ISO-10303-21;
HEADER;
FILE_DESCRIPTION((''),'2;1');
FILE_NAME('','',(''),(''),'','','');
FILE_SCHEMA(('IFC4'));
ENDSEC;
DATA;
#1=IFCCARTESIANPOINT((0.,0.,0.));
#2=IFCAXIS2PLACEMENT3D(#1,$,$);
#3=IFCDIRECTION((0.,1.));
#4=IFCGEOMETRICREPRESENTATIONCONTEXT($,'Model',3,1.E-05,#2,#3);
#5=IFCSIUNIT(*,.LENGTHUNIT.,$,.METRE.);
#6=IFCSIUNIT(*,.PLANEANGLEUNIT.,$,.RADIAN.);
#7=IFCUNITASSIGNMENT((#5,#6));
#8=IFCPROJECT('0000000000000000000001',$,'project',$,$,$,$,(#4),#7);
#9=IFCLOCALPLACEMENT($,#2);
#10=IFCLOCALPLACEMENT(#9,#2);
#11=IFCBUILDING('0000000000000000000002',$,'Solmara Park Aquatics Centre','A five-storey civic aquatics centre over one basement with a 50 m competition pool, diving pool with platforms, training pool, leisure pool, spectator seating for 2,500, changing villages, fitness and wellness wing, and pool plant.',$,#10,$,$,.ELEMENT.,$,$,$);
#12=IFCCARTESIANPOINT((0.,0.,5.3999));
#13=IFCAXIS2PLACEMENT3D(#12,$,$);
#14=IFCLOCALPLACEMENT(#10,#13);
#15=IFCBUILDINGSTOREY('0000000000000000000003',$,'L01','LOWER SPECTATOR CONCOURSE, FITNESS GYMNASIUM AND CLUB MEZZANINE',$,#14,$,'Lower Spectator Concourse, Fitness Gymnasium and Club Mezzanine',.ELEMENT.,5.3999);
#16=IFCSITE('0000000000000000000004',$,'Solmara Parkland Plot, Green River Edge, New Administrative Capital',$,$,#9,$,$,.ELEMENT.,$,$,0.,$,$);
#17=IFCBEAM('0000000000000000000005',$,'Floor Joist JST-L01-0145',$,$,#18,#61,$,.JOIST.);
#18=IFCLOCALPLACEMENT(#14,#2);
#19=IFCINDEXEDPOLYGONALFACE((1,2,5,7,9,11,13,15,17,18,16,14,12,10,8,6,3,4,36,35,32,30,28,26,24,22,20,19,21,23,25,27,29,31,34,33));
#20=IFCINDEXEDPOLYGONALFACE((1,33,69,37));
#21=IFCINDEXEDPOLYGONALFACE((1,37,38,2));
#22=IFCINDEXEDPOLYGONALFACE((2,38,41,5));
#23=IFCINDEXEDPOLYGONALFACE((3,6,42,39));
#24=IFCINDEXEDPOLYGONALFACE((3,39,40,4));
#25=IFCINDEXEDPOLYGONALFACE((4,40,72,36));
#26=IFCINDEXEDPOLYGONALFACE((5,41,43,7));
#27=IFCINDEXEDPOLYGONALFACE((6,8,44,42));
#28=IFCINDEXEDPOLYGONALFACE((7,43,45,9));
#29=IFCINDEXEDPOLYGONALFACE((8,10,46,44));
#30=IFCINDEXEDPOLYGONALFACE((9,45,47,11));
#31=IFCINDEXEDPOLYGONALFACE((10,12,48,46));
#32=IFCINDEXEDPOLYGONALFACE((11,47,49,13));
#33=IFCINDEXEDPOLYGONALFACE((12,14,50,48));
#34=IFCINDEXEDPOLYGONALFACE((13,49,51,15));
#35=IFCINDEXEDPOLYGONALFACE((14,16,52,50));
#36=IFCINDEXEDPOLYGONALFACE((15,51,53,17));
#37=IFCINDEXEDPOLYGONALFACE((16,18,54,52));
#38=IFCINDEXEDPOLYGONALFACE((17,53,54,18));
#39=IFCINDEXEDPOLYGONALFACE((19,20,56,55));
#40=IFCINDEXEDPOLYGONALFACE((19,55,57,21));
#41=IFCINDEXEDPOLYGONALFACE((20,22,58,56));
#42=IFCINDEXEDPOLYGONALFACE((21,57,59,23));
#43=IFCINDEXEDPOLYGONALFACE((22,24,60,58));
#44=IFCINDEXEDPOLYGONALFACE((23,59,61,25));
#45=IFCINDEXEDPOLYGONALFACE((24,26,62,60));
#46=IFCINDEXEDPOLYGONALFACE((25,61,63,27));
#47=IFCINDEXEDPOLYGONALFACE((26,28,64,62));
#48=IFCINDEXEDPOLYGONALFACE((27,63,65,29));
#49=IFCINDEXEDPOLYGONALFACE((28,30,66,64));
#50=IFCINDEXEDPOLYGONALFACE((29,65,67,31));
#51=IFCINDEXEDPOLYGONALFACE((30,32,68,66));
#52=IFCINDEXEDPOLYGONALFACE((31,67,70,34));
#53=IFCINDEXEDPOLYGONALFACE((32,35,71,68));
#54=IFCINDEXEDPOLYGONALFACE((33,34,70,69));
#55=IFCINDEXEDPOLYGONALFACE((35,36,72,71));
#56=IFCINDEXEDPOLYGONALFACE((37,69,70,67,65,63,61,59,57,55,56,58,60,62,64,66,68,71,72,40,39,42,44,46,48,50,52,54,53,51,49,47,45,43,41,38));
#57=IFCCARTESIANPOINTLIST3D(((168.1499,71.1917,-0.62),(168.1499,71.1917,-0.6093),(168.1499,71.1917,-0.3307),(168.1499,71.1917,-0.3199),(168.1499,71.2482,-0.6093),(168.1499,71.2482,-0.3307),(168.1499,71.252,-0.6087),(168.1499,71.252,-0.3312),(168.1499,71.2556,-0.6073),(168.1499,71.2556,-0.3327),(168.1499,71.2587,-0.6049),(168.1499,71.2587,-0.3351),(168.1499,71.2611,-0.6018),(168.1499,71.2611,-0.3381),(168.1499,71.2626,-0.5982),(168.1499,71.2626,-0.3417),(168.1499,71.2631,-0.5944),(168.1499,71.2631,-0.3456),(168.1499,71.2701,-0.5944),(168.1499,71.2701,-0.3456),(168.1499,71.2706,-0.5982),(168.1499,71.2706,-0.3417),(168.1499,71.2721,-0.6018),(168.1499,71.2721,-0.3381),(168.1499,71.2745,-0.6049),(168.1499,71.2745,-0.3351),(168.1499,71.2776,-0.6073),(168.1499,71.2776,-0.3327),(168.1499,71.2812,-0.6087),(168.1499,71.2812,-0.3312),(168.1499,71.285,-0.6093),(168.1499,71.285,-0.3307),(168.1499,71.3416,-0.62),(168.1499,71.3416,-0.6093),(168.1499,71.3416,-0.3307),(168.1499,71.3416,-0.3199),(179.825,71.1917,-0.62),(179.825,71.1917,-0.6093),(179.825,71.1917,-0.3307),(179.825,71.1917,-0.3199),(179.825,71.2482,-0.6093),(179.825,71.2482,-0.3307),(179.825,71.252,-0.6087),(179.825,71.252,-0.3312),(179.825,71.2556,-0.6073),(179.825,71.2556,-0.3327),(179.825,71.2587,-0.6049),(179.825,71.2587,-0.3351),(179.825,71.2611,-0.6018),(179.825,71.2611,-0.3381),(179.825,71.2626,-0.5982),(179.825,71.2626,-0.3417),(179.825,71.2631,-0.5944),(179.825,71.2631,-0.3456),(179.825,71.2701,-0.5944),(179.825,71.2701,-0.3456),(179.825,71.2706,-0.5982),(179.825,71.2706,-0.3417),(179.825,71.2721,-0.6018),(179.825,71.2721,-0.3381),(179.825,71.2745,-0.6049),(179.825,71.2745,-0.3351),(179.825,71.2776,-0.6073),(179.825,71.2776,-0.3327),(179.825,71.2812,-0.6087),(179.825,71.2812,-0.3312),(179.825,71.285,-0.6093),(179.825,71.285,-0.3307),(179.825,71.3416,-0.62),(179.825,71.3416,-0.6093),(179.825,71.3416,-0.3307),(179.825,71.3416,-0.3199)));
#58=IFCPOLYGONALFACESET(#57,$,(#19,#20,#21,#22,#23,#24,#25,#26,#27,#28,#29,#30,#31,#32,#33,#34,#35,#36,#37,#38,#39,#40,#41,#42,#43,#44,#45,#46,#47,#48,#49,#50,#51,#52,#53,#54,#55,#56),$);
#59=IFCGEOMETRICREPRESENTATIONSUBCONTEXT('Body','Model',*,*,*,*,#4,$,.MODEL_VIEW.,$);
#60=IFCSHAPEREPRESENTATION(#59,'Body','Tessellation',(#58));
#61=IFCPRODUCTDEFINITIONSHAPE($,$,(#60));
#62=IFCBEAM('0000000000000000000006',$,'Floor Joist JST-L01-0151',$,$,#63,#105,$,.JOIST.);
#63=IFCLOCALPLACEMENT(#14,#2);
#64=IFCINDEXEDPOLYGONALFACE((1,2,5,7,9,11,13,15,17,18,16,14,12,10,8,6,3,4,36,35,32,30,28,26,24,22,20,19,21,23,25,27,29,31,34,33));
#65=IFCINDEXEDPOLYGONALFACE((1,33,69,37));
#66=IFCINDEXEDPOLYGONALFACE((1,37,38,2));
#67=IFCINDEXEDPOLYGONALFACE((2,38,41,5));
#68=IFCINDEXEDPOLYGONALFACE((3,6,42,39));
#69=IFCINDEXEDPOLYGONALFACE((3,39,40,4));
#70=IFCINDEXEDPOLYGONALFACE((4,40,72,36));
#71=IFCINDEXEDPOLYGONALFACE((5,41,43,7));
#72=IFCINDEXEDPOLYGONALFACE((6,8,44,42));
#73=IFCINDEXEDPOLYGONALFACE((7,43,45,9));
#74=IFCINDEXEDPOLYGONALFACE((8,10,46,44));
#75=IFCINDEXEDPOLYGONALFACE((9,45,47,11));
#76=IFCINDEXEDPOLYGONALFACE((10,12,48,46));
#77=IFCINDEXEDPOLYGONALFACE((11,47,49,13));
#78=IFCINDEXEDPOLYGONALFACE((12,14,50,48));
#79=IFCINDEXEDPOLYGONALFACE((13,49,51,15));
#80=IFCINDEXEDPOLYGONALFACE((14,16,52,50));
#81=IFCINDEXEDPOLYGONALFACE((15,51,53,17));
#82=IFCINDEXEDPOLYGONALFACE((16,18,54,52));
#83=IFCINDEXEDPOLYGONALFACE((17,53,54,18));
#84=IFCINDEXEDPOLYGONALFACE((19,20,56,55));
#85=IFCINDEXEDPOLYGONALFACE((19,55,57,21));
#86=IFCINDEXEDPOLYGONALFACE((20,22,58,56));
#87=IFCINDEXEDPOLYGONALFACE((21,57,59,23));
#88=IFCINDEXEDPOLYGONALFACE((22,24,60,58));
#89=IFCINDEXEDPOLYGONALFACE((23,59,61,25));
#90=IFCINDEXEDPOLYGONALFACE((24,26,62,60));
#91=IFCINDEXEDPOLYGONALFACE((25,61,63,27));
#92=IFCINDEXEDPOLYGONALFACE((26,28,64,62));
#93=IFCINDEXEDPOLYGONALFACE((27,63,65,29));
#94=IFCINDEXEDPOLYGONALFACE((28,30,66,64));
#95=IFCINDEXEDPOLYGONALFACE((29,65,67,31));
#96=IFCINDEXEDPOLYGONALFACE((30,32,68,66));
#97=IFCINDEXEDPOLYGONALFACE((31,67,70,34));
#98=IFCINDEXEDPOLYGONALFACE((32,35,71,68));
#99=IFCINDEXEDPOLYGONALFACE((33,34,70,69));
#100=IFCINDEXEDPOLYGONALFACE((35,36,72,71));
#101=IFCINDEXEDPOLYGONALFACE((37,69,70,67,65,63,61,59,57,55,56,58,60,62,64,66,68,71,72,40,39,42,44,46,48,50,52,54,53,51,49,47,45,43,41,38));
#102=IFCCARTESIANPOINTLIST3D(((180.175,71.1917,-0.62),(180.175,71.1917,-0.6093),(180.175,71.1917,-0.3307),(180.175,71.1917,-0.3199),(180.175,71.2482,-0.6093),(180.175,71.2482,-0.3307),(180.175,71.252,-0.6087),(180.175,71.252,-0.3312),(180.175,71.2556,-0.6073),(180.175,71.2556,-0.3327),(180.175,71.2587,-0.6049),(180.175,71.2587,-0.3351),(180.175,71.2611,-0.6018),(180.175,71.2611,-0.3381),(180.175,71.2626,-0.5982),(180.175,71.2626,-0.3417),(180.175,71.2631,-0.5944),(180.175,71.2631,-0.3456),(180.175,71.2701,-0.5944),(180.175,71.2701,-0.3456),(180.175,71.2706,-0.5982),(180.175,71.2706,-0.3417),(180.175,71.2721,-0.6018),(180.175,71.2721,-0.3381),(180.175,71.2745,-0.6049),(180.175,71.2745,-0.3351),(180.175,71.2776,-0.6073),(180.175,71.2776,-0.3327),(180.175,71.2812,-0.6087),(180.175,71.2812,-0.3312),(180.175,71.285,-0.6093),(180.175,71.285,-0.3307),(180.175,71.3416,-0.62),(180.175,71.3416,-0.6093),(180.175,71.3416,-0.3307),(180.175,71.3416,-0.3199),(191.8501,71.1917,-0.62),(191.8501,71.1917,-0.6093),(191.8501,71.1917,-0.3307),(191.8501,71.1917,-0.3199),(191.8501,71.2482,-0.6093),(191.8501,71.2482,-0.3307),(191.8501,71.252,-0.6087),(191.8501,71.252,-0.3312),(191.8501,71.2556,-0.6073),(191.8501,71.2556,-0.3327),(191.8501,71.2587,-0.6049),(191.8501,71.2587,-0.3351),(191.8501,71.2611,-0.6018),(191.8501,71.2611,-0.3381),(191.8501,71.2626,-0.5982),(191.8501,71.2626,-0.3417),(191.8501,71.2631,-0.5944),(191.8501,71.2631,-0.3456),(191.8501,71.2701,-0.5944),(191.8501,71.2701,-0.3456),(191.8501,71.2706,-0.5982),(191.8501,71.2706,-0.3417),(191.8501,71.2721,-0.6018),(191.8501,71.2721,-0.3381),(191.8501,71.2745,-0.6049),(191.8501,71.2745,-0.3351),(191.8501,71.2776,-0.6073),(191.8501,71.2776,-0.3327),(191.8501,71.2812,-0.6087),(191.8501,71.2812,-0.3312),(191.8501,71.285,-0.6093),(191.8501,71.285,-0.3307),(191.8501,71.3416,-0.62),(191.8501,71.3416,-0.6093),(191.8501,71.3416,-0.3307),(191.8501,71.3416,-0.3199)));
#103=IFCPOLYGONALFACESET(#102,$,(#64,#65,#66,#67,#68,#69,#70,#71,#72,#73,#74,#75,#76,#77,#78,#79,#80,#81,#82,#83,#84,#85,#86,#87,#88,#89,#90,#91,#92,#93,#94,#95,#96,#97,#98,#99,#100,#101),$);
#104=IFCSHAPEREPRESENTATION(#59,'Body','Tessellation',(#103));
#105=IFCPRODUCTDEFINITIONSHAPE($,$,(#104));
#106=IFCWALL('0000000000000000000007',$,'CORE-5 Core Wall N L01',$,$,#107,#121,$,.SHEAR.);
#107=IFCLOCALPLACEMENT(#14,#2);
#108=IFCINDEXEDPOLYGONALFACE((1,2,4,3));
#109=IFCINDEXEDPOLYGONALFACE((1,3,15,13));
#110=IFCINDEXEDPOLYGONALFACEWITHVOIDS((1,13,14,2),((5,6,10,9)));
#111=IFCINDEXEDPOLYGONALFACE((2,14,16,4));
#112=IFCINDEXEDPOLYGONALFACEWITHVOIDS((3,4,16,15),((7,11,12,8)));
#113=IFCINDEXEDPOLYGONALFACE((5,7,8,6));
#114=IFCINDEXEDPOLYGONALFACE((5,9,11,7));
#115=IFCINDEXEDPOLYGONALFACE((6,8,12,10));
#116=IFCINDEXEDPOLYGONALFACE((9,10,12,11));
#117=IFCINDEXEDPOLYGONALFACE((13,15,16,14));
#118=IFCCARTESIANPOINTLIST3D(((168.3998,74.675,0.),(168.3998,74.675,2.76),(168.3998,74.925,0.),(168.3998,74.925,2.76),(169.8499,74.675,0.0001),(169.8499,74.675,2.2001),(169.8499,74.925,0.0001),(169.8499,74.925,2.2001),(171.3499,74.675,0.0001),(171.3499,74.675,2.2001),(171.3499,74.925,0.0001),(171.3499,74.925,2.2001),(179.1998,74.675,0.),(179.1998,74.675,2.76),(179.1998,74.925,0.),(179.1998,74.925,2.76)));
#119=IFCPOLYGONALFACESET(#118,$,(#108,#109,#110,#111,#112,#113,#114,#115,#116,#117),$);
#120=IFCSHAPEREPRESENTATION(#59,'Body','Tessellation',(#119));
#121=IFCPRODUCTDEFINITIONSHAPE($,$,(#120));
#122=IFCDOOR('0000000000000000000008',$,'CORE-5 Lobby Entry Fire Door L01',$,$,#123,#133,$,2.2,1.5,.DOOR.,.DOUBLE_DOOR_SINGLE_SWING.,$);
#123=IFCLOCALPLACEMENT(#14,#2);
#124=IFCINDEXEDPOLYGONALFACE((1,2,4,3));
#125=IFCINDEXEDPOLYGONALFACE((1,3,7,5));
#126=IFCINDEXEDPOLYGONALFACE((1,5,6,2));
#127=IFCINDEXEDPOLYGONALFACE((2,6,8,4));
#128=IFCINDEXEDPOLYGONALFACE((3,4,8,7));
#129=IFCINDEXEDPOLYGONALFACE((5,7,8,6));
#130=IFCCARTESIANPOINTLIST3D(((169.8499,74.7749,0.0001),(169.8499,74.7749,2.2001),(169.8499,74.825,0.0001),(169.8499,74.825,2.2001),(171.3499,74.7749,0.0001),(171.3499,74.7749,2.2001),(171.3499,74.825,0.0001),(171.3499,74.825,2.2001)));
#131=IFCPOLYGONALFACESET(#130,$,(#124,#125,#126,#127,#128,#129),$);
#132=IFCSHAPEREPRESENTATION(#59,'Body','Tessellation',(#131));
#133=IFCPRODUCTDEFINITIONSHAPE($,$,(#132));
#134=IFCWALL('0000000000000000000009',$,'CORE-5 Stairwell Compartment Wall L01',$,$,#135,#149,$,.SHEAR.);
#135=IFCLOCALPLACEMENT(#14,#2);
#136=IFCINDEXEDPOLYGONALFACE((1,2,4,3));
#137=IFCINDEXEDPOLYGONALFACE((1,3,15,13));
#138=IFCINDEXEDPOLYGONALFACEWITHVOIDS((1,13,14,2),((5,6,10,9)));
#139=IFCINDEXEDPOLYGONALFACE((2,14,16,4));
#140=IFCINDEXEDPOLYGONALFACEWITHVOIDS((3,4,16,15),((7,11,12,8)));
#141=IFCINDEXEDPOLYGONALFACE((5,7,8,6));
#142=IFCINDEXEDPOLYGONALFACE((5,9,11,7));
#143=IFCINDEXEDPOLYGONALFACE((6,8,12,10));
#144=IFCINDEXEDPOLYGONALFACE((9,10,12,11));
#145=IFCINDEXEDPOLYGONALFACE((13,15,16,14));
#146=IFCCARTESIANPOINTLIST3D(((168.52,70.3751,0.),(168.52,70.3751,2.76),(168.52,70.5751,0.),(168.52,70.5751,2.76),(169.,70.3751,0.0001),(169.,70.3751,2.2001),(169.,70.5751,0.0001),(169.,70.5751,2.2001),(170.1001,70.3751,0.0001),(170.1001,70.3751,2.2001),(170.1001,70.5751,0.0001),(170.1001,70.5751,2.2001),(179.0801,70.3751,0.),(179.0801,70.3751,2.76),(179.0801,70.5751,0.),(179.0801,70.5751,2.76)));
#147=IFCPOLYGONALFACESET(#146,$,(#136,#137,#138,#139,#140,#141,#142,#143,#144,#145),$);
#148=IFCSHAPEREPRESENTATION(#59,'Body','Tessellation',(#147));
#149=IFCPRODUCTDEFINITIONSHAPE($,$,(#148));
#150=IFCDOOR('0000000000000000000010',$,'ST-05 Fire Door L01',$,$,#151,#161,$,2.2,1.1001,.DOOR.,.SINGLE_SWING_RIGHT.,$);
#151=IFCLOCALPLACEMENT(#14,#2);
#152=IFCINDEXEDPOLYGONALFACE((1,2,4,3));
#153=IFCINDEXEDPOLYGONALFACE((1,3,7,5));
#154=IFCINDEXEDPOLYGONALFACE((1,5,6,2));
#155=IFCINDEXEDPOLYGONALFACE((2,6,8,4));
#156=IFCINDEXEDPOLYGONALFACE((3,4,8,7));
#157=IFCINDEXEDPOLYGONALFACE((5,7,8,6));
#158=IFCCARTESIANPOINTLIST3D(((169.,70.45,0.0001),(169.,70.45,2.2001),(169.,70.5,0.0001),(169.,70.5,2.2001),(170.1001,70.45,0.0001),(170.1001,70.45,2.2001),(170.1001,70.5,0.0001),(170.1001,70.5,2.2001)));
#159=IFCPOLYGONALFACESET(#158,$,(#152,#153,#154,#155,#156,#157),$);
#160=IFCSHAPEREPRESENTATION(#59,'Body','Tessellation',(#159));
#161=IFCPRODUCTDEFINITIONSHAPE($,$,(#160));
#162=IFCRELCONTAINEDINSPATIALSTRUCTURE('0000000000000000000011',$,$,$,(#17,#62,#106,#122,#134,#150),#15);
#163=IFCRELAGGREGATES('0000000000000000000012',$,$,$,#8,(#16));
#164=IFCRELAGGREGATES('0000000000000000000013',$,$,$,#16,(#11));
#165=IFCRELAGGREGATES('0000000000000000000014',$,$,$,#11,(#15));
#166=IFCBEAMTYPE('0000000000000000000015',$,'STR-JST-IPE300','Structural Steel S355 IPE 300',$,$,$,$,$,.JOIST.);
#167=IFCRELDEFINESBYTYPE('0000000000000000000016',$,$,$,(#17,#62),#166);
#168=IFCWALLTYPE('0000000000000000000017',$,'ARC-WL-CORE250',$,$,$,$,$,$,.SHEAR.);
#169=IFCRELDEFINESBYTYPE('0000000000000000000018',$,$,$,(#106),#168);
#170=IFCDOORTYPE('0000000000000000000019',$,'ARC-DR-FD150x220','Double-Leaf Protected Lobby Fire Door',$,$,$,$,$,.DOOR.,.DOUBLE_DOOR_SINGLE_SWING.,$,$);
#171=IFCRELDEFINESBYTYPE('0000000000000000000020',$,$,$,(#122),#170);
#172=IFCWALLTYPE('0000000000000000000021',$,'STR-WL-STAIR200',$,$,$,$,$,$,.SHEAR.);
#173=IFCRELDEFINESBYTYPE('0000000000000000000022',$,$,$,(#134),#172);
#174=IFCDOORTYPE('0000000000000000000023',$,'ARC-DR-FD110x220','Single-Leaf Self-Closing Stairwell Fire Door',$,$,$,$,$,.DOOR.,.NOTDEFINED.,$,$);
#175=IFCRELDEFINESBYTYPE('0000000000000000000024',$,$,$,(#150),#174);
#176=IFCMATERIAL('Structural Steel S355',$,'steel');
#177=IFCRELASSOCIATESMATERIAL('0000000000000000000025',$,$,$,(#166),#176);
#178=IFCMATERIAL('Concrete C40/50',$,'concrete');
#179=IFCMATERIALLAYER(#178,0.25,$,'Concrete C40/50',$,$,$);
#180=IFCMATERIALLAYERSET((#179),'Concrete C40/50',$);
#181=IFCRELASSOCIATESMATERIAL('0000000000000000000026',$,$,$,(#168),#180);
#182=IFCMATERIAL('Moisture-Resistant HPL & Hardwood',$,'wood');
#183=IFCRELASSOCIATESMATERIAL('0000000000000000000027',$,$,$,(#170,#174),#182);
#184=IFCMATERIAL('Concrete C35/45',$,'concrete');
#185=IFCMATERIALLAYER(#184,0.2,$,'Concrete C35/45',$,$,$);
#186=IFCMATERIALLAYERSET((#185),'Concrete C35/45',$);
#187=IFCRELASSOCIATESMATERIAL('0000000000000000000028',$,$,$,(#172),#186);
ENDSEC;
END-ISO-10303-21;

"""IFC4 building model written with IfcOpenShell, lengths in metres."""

from ifc_helpers import new_model, si_unit, direction, frame, frame_2d, origin, origin_2d, place, context, subcontext, project, spatial, rectangle, i_section, extrude, material, layer, layer_set, material_profile, profile_set, type_object, element, fill, save


model = new_model("IFC4")

# Units and contexts
model_context = context("Model", 3, precision=1e-05, world=origin(), true_north=direction((0.0, 1.0)))
body_context = subcontext(model_context, "Body", "Model", "MODEL_VIEW")
ifc_project = project(units=[si_unit("LENGTHUNIT", "METRE"), si_unit("PLANEANGLEUNIT", "RADIAN")], contexts=[model_context])

# Site, building, storey
site_placement = place(None, origin())
site = spatial("IfcSite", under=ifc_project, at=site_placement, Name="Solmara Parkland Plot, Green River Edge, New Administrative Capital", CompositionType="ELEMENT", RefElevation=0.0)
building_placement = place(site_placement, origin())
building = spatial("IfcBuilding", under=site, at=building_placement, Name="Solmara Park Aquatics Centre", Description="A five-storey civic aquatics centre over one basement with a 50 m competition pool, diving pool with platforms, training pool, leisure pool, spectator seating for 2,500, changing villages, fitness and wellness wing, and pool plant.", CompositionType="ELEMENT")
storey_placement = place(building_placement, frame((0.0, 0.0, 5.3999)))
storey = spatial("IfcBuildingStorey", under=building, at=storey_placement, Name="L01", Description="LOWER SPECTATOR CONCOURSE, FITNESS GYMNASIUM AND CLUB MEZZANINE", LongName="Lower Spectator Concourse, Fitness Gymnasium and Club Mezzanine", CompositionType="ELEMENT", Elevation=5.3999)

# Shared definitions
ifc_material_1 = material(Name="Structural Steel S355", Category="steel")

# Beams
ifc_material_profile_1 = material_profile(ifc_material_1, i_section(OverallWidth=0.1499, OverallDepth=0.3, WebThickness=0.0071, FlangeThickness=0.0107, FilletRadius=0.0149, at=origin_2d()), Name="IPE 300")
ifc_profile_set_1 = profile_set([ifc_material_profile_1], Name="Structural Steel S355")
beam_type_1 = type_object("IfcBeamType", Name="STR-JST-IPE300", Description="Structural Steel S355 IPE 300", PredefinedType="JOIST", material=ifc_profile_set_1)
for number, where, z_axis, x_axis, name in (
    (1, (168.1499, 71.2666, -0.47), (1.0, 0.0, 0.0), (0.0, 1.0, 0.0), "Floor Joist JST-L01-0145"),
    (2, (180.175, 71.2666, -0.47), (1.0, 0.0, 0.0), (0.0, 1.0, 0.0), "Floor Joist JST-L01-0151"),
):
    element("IfcBeam", number, at=place(storey_placement, frame(where, z_axis=z_axis, x_axis=x_axis)), inside=storey, type_object=beam_type_1, Name=name, PredefinedType="JOIST", context=body_context, shape_type="SweptSolid", body=[
        extrude(i_section(OverallWidth=0.1499, OverallDepth=0.3, WebThickness=0.0071, FlangeThickness=0.0107, FilletRadius=0.0149, at=origin_2d()), origin(), (0.0, 0.0, 1.0), 11.675),
    ])

# Walls, openings, doors
ifc_material_2 = material(Name="Concrete C40/50", Category="concrete")
ifc_layer_1 = layer(ifc_material_2, 0.25, Name="Concrete C40/50")
ifc_layer_set_1 = layer_set([ifc_layer_1], Name="Concrete C40/50")
wall_type_1 = type_object("IfcWallType", Name="ARC-WL-CORE250", PredefinedType="SHEAR", material=ifc_layer_set_1)
wall_1_placement = place(storey_placement, frame((168.3999, 74.8, 0.0), z_axis=(0.0, 0.0, 1.0), x_axis=(1.0, 0.0, 0.0)))
wall_1 = element("IfcWall", 3, at=wall_1_placement, inside=storey, type_object=wall_type_1, Name="CORE-5 Core Wall N L01", PredefinedType="SHEAR", context=body_context, shape_type="SweptSolid", body=[
    extrude(rectangle(XDim=10.8, YDim=0.25, at=frame_2d((5.3999, 0.0))), origin(), (0.0, 0.0, 1.0), 2.76),
])
opening_1_placement = place(wall_1_placement, frame((1.45, 0.0, 0.0)))
opening_1 = element("IfcOpeningElement", 4, at=opening_1_placement, cuts=wall_1, PredefinedType="OPENING", context=body_context, shape_type="SweptSolid", body=[
    extrude(rectangle(XDim=1.5, YDim=2.2, at=frame_2d((0.75, 1.1001))), frame((0.0, 0.135, 0.0), z_axis=(0.0, -1.0, 0.0), x_axis=(1.0, 0.0, 0.0)), (0.0, 0.0, 1.0), 0.27),
])
ifc_material_3 = material(Name="Moisture-Resistant HPL & Hardwood", Category="wood")
door_type_1 = type_object("IfcDoorType", Name="ARC-DR-FD150x220", Description="Double-Leaf Protected Lobby Fire Door", OperationType="DOUBLE_DOOR_SINGLE_SWING", PredefinedType="DOOR", material=ifc_material_3)
door_1_placement = place(opening_1_placement, origin())
door_1 = element("IfcDoor", 5, at=door_1_placement, inside=storey, type_object=door_type_1, Name="CORE-5 Lobby Entry Fire Door L01", OperationType="DOUBLE_DOOR_SINGLE_SWING", OverallHeight=2.2, OverallWidth=1.5, PredefinedType="DOOR", context=body_context, shape_type="SweptSolid", body=[
    extrude(rectangle(XDim=1.5, YDim=2.2, at=frame_2d((0.75, 1.1001))), frame((0.0, 0.0249, 0.0), z_axis=(0.0, -1.0, 0.0), x_axis=(1.0, 0.0, 0.0)), (0.0, 0.0, 1.0), 0.05),
])
fill(opening_1, door_1)
ifc_material_4 = material(Name="Concrete C35/45", Category="concrete")
ifc_layer_2 = layer(ifc_material_4, 0.2, Name="Concrete C35/45")
ifc_layer_set_2 = layer_set([ifc_layer_2], Name="Concrete C35/45")
wall_type_2 = type_object("IfcWallType", Name="STR-WL-STAIR200", PredefinedType="SHEAR", material=ifc_layer_set_2)
wall_2_placement = place(storey_placement, frame((168.52, 70.4751, 0.0), z_axis=(0.0, 0.0, 1.0), x_axis=(1.0, 0.0, 0.0)))
wall_2 = element("IfcWall", 6, at=wall_2_placement, inside=storey, type_object=wall_type_2, Name="CORE-5 Stairwell Compartment Wall L01", PredefinedType="SHEAR", context=body_context, shape_type="SweptSolid", body=[
    extrude(rectangle(XDim=10.5601, YDim=0.2, at=frame_2d((5.28, 0.0))), origin(), (0.0, 0.0, 1.0), 2.76),
])
opening_2_placement = place(wall_2_placement, frame((0.48, 0.0, 0.0)))
opening_2 = element("IfcOpeningElement", 7, at=opening_2_placement, cuts=wall_2, PredefinedType="OPENING", context=body_context, shape_type="SweptSolid", body=[
    extrude(rectangle(XDim=1.1001, YDim=2.2, at=frame_2d((0.55, 1.1001))), frame((0.0, 0.1099, 0.0), z_axis=(0.0, -1.0, 0.0), x_axis=(1.0, 0.0, 0.0)), (0.0, 0.0, 1.0), 0.22),
])
door_type_2 = type_object("IfcDoorType", Name="ARC-DR-FD110x220", Description="Single-Leaf Self-Closing Stairwell Fire Door", OperationType="NOTDEFINED", PredefinedType="DOOR", material=ifc_material_3)
door_2_placement = place(opening_2_placement, origin())
door_2 = element("IfcDoor", 8, at=door_2_placement, inside=storey, type_object=door_type_2, Name="ST-05 Fire Door L01", OperationType="SINGLE_SWING_RIGHT", OverallHeight=2.2, OverallWidth=1.1001, PredefinedType="DOOR", context=body_context, shape_type="SweptSolid", body=[
    extrude(rectangle(XDim=1.1001, YDim=2.2, at=frame_2d((0.55, 1.1001))), frame((0.0, 0.0249, 0.0), z_axis=(0.0, -1.0, 0.0), x_axis=(1.0, 0.0, 0.0)), (0.0, 0.0, 1.0), 0.05),
])
fill(opening_2, door_2)

save(model, "model.ifc")
